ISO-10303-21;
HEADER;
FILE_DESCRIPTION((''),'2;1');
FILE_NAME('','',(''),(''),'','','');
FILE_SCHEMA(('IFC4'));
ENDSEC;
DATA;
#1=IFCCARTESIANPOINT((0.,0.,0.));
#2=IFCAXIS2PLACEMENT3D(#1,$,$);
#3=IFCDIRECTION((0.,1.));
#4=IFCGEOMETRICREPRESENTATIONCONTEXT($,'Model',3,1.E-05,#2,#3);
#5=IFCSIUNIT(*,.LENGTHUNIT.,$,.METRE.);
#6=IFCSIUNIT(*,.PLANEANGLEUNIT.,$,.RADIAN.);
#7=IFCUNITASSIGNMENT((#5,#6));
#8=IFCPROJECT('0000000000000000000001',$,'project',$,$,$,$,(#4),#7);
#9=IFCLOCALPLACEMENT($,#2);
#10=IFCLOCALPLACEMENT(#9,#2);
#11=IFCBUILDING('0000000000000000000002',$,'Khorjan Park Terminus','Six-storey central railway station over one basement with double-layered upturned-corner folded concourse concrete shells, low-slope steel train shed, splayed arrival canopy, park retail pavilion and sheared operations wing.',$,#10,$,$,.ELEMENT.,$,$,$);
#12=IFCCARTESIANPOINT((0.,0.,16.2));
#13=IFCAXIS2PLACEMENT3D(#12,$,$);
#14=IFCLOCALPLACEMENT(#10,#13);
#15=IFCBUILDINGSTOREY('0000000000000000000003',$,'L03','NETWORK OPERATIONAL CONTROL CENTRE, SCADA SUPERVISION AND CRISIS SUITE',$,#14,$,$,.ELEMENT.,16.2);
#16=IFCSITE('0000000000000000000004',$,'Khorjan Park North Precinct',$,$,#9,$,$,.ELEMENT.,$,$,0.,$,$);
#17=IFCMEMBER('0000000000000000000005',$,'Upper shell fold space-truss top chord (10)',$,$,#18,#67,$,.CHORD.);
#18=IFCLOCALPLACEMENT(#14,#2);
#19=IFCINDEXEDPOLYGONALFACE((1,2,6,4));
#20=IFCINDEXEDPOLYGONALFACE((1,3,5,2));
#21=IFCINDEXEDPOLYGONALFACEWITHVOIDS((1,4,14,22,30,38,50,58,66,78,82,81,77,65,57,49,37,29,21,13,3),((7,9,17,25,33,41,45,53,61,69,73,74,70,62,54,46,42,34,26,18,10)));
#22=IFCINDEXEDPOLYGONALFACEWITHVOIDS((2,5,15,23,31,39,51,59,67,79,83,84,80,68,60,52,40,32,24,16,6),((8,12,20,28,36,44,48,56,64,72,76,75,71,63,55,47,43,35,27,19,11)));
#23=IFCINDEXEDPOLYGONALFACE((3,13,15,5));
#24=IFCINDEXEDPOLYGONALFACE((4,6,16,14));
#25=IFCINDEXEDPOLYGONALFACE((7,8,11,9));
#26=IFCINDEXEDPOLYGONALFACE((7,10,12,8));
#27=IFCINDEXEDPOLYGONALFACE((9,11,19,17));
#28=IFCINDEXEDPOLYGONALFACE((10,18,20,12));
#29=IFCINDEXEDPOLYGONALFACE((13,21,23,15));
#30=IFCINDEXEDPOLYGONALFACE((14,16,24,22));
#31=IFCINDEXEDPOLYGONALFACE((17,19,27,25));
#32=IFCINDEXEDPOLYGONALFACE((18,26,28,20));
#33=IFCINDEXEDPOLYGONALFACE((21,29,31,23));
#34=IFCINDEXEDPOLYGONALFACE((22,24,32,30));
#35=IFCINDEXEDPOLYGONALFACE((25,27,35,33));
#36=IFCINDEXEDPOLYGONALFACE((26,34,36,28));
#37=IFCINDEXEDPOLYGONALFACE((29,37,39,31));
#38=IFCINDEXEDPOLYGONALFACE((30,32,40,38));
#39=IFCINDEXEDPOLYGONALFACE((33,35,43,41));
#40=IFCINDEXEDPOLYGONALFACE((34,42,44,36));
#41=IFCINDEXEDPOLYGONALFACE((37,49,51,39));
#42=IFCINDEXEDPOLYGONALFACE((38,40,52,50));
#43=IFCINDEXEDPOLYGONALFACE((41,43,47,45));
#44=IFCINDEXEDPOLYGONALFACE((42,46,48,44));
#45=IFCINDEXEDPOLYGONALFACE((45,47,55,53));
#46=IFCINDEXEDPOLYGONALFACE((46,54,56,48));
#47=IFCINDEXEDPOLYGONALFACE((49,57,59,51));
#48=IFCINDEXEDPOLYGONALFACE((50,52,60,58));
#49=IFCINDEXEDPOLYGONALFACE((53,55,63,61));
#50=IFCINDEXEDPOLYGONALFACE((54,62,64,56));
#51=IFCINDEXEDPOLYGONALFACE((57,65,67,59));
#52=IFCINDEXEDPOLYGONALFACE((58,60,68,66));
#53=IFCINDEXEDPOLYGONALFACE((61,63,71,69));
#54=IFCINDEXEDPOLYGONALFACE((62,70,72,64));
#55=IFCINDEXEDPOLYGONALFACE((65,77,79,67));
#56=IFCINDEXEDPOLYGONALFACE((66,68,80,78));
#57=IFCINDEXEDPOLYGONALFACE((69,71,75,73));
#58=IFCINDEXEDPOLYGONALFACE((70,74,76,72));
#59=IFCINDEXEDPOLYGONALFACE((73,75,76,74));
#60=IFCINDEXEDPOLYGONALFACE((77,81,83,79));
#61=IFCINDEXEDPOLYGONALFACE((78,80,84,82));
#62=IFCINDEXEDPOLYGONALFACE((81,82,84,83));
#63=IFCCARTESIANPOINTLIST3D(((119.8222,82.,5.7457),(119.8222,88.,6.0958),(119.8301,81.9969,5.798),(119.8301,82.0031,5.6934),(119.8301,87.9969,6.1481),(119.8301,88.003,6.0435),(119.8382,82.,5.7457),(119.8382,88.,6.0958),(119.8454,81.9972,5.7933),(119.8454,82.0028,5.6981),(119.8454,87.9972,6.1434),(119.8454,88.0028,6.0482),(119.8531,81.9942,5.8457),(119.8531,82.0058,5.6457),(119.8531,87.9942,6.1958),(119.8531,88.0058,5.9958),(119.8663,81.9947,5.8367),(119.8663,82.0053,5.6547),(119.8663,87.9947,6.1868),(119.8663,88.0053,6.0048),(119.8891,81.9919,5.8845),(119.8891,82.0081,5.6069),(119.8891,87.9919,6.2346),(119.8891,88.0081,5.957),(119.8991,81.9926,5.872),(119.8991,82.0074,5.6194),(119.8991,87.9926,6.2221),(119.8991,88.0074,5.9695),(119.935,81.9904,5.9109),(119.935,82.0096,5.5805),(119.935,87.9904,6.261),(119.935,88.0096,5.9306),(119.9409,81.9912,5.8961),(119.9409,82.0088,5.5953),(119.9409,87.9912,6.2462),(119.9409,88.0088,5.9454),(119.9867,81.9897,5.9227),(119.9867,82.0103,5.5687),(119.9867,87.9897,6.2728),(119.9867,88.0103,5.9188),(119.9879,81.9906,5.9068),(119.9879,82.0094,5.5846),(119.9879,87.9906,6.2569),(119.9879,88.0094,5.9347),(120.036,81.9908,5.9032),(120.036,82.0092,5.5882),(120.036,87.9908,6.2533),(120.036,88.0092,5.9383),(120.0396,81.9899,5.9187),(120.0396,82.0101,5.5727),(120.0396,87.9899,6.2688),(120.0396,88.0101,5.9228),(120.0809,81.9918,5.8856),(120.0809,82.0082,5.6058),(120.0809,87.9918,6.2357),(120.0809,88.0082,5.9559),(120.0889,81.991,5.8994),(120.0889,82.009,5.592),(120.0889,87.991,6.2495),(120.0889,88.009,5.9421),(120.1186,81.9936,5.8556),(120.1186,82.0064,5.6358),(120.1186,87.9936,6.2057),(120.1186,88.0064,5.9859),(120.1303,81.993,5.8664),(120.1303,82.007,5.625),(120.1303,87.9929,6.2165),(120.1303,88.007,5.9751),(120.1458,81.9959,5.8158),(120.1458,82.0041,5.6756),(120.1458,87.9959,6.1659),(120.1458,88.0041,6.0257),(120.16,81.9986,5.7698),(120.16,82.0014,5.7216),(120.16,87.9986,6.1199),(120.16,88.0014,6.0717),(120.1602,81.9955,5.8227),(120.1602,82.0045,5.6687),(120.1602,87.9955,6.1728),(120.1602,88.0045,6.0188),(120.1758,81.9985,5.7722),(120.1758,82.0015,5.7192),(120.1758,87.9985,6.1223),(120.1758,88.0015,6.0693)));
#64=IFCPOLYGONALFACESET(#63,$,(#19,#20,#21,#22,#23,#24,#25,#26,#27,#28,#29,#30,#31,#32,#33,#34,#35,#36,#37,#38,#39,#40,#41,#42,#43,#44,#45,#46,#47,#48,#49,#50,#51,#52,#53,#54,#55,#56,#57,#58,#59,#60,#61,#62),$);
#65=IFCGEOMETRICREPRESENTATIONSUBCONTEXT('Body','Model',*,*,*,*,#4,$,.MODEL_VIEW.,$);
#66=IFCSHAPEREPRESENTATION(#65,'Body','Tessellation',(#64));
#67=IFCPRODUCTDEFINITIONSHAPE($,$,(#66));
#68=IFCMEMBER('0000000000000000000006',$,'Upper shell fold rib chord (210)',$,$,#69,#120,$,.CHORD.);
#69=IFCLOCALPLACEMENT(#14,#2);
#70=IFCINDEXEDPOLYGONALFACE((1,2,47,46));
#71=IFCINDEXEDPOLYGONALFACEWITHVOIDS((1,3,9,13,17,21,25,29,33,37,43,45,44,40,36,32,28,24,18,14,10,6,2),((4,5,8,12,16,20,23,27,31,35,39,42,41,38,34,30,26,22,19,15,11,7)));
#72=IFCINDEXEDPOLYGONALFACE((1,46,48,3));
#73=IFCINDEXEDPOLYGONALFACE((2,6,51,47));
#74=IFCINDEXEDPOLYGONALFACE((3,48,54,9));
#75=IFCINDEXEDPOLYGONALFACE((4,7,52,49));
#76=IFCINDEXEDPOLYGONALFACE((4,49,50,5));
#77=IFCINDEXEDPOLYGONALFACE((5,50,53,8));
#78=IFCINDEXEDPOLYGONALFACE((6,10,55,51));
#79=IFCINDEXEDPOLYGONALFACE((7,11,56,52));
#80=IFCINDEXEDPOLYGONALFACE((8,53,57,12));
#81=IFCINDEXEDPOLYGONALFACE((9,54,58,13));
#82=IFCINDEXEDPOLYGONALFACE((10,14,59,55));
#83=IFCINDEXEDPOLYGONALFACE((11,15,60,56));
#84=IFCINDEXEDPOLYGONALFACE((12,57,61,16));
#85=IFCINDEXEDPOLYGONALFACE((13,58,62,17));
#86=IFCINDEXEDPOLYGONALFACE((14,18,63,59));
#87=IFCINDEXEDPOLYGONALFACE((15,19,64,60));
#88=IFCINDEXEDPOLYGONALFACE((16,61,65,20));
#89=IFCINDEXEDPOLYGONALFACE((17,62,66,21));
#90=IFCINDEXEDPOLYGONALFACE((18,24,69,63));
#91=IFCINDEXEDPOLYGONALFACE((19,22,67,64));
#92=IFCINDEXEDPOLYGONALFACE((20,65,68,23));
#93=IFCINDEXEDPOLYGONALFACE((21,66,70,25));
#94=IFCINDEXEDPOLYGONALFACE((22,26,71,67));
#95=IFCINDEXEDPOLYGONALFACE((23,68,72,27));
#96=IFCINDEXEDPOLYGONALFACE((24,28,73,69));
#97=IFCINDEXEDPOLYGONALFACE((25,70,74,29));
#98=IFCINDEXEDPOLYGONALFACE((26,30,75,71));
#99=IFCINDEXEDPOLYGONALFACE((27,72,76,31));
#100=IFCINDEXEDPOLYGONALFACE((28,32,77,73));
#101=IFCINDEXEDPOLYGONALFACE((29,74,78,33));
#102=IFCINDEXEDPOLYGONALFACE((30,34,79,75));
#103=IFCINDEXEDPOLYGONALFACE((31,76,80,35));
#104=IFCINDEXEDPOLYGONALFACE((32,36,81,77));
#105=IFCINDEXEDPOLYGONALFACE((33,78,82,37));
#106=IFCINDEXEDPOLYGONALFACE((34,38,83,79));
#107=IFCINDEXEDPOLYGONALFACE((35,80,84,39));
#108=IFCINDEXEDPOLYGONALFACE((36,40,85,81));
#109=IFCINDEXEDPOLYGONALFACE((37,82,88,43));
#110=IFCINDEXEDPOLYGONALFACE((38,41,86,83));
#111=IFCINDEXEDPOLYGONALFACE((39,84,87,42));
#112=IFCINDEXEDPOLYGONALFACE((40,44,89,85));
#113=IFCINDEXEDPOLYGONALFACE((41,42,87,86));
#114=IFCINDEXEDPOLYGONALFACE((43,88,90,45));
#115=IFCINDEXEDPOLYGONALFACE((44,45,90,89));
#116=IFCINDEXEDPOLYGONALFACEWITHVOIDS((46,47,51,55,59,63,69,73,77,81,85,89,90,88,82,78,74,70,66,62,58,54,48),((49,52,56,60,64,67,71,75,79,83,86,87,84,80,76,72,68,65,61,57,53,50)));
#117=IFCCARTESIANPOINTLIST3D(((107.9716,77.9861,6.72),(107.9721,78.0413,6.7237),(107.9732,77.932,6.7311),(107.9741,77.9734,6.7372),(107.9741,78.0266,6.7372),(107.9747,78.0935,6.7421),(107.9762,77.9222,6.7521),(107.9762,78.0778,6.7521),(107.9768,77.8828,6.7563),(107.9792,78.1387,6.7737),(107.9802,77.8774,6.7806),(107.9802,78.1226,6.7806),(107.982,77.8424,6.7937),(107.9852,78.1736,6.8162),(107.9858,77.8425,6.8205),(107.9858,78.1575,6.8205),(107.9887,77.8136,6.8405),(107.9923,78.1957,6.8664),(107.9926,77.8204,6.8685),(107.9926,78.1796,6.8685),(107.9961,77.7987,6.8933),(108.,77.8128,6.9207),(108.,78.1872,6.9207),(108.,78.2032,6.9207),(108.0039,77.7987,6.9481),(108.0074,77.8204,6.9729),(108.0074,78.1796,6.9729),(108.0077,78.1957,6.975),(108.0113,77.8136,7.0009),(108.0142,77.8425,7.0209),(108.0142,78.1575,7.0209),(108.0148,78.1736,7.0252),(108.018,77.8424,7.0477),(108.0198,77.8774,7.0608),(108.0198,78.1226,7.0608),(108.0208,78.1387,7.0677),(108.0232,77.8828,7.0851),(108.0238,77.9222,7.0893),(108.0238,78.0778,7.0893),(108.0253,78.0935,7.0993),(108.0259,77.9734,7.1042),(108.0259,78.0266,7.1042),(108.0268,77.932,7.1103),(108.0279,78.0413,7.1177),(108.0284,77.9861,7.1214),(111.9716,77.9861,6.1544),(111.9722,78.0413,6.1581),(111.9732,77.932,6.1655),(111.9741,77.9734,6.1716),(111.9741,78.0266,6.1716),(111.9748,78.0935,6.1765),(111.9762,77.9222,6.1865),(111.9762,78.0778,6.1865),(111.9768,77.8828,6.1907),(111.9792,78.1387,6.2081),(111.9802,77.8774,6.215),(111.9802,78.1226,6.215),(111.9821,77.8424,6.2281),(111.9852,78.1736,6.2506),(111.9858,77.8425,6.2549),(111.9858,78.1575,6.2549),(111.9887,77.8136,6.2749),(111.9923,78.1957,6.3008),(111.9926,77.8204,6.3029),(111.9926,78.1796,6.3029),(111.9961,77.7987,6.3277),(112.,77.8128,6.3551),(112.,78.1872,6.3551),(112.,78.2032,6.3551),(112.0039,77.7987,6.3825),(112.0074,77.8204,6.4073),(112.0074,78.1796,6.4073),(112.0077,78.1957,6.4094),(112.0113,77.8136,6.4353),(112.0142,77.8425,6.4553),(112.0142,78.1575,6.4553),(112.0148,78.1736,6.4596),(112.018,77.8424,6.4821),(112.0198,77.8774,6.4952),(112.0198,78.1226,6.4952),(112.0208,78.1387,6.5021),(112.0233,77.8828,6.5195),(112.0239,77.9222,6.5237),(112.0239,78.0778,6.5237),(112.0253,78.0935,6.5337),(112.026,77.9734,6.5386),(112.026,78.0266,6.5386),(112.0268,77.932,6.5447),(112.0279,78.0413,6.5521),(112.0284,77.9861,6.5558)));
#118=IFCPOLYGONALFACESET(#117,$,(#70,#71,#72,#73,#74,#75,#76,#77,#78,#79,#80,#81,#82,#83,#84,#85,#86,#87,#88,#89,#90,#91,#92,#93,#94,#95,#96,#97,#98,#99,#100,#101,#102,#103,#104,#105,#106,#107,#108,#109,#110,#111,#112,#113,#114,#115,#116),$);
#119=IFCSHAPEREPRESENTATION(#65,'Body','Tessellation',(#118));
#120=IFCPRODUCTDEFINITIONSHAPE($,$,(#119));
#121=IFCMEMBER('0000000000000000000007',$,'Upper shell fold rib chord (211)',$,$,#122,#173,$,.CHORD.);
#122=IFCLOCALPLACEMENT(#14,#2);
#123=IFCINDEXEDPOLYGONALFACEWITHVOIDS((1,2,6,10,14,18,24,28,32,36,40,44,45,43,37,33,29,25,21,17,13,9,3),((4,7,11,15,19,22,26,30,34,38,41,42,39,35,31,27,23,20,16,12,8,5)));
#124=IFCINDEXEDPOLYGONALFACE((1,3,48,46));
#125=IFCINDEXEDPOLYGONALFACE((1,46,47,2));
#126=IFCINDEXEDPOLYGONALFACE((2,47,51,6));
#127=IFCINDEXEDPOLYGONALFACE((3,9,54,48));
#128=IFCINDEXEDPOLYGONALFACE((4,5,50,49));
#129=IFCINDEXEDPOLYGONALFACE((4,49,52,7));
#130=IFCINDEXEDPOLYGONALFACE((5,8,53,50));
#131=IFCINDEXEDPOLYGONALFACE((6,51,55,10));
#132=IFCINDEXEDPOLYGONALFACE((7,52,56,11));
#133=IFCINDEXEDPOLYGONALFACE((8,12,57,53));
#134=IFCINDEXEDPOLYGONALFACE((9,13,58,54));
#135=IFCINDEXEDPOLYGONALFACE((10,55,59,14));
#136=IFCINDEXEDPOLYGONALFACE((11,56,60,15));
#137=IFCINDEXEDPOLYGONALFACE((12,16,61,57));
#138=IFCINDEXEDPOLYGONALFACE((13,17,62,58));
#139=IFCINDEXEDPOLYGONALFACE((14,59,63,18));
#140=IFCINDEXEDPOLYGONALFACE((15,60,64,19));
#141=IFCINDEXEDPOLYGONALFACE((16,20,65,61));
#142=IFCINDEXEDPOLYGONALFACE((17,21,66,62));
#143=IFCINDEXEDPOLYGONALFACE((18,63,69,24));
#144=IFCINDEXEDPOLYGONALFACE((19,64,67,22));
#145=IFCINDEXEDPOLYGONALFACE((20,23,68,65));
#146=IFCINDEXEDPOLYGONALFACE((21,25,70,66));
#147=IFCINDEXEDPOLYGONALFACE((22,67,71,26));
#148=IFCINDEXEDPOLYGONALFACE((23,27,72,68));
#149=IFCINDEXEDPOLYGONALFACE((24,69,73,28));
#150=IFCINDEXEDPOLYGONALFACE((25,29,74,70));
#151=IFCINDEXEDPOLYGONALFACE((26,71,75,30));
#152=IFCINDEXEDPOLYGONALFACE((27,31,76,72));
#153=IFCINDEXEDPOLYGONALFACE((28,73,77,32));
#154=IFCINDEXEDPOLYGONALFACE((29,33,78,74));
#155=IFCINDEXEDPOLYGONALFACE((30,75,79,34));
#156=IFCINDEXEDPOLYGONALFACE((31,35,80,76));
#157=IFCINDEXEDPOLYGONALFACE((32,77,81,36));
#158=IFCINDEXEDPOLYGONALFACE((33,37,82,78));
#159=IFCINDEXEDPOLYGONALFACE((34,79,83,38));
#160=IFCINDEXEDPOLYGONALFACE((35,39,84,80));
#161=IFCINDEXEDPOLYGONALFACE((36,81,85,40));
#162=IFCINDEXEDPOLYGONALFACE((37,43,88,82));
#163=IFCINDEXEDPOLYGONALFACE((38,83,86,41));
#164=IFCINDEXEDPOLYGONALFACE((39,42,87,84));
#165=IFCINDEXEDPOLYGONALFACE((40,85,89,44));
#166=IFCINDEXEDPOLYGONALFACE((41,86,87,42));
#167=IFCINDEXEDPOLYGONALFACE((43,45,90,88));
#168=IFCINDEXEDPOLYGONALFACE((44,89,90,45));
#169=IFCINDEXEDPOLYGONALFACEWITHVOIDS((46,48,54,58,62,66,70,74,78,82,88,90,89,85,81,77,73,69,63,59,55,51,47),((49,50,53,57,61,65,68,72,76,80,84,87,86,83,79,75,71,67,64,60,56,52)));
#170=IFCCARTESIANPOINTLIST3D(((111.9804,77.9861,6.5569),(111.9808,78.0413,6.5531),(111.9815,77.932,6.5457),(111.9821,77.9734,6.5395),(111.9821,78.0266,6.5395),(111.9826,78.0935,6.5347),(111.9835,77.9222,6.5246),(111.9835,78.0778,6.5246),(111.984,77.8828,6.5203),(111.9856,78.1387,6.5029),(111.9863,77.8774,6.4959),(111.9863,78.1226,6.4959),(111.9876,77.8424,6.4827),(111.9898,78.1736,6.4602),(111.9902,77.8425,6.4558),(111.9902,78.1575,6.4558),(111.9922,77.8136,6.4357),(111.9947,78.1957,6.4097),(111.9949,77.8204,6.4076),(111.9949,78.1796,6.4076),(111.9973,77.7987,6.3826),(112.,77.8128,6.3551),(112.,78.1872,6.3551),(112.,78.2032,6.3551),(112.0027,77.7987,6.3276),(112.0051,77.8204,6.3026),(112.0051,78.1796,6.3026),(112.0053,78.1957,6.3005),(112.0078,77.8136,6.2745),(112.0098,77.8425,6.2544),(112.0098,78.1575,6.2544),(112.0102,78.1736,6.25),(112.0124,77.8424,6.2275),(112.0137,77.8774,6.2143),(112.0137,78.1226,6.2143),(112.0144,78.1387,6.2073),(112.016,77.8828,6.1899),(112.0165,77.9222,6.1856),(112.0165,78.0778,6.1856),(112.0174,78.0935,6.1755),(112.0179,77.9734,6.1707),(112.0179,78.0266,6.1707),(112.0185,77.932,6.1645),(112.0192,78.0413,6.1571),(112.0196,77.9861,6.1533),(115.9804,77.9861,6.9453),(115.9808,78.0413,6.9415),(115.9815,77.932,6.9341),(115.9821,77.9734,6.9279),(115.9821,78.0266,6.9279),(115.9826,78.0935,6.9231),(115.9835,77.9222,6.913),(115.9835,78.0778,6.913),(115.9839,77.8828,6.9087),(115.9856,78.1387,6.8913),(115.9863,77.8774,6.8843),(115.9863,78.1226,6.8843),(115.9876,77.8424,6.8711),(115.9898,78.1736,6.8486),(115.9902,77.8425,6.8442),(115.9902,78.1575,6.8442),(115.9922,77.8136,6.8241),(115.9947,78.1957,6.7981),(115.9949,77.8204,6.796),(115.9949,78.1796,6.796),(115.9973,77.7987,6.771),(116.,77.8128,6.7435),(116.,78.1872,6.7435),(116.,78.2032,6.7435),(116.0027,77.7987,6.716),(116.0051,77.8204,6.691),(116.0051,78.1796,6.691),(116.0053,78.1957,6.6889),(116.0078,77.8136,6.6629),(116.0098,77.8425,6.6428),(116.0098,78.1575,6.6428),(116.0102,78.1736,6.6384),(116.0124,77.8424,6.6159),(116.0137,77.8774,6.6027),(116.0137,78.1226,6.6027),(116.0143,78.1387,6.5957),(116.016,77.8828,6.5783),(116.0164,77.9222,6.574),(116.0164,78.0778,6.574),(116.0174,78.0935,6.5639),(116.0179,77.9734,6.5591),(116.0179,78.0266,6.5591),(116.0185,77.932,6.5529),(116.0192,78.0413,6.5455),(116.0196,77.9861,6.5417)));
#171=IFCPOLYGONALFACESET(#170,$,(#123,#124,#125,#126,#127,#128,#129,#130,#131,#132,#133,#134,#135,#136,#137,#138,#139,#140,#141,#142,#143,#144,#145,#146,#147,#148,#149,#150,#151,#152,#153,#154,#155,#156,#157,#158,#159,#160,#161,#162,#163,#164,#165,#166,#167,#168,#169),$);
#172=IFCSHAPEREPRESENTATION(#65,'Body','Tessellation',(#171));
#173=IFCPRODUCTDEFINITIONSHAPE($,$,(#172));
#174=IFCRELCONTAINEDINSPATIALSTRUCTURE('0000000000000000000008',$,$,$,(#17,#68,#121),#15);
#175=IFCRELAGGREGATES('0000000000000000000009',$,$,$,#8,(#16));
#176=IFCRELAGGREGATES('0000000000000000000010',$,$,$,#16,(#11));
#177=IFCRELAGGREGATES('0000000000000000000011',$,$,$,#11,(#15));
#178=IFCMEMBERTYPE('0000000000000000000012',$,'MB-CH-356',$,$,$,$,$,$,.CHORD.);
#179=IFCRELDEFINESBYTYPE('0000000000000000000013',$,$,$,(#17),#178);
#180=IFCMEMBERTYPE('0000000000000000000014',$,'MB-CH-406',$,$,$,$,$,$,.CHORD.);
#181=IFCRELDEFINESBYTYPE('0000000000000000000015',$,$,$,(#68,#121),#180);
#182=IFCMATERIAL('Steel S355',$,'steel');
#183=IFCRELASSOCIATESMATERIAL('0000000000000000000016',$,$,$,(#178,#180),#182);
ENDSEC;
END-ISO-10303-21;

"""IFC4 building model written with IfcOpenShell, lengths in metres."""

from ifc_helpers import new_model, si_unit, direction, frame, origin, origin_2d, place, context, subcontext, project, spatial, hollow_circle, extrude, material, material_profile, profile_set, type_object, element, save


model = new_model("IFC4")

# Units and contexts
model_context = context("Model", 3, precision=1e-05, world=origin(), true_north=direction((0.0, 1.0)))
body_context = subcontext(model_context, "Body", "Model", "MODEL_VIEW")
ifc_project = project(units=[si_unit("LENGTHUNIT", "METRE"), si_unit("PLANEANGLEUNIT", "RADIAN")], contexts=[model_context])

# Site, building, storey
site_placement = place(None, origin())
site = spatial("IfcSite", under=ifc_project, at=site_placement, Name="Khorjan Park North Precinct", CompositionType="ELEMENT", RefElevation=0.0)
building_placement = place(site_placement, origin())
building = spatial("IfcBuilding", under=site, at=building_placement, Name="Khorjan Park Terminus", Description="Six-storey central railway station over one basement with double-layered upturned-corner folded concourse concrete shells, low-slope steel train shed, splayed arrival canopy, park retail pavilion and sheared operations wing.", CompositionType="ELEMENT")
storey_placement = place(building_placement, frame((0.0, 0.0, 16.2)))
storey = spatial("IfcBuildingStorey", under=building, at=storey_placement, Name="L03", Description="NETWORK OPERATIONAL CONTROL CENTRE, SCADA SUPERVISION AND CRISIS SUITE", CompositionType="ELEMENT", Elevation=16.2)

# Members
ifc_material = material(Name="Steel S355", Category="steel")
ifc_material_profile_1 = material_profile(ifc_material, hollow_circle(Radius=0.1778, WallThickness=0.016, at=origin_2d()), Name="CHS 355.6x16")
ifc_profile_set_1 = profile_set([ifc_material_profile_1], Name="Steel S355")
member_type_1 = type_object("IfcMemberType", Name="MB-CH-356", PredefinedType="CHORD", material=ifc_profile_set_1)
member_1_placement = place(storey_placement, frame((120.0, 82.0, 5.7457), z_axis=(0.0, 0.998302, 0.058251), x_axis=(-1.0, 0.0, 0.0)))
element("IfcMember", 1, at=member_1_placement, inside=storey, type_object=member_type_1, Name="Upper shell fold space-truss top chord (10)", PredefinedType="CHORD", context=body_context, shape_type="SweptSolid", body=[
    extrude(hollow_circle(Radius=0.1778, WallThickness=0.016, at=origin_2d()), origin(), (0.0, 0.0, 1.0), 6.0102),
])
ifc_material_profile_2 = material_profile(ifc_material, hollow_circle(Radius=0.2032, WallThickness=0.016, at=origin_2d()), Name="CHS 406.4x16")
ifc_profile_set_2 = profile_set([ifc_material_profile_2], Name="Steel S355")
member_type_2 = type_object("IfcMemberType", Name="MB-CH-406", PredefinedType="CHORD", material=ifc_profile_set_2)
member_2_placement = place(storey_placement, frame((108.0, 78.0, 6.9207), z_axis=(0.99015, 0.0, -0.140007), x_axis=(0.0, 1.0, 0.0)))
element("IfcMember", 2, at=member_2_placement, inside=storey, type_object=member_type_2, Name="Upper shell fold rib chord (210)", PredefinedType="CHORD", context=body_context, shape_type="SweptSolid", body=[
    extrude(hollow_circle(Radius=0.2032, WallThickness=0.016, at=origin_2d()), origin(), (0.0, 0.0, 1.0), 4.0398),
])
member_3_placement = place(storey_placement, frame((112.0, 78.0, 6.3551), z_axis=(0.995319, 0.0, 0.096645), x_axis=(0.0, 1.0, 0.0)))
element("IfcMember", 3, at=member_3_placement, inside=storey, type_object=member_type_2, Name="Upper shell fold rib chord (211)", PredefinedType="CHORD", context=body_context, shape_type="SweptSolid", body=[
    extrude(hollow_circle(Radius=0.2032, WallThickness=0.016, at=origin_2d()), origin(), (0.0, 0.0, 1.0), 4.0188),
])

save(model, "model.ifc")
